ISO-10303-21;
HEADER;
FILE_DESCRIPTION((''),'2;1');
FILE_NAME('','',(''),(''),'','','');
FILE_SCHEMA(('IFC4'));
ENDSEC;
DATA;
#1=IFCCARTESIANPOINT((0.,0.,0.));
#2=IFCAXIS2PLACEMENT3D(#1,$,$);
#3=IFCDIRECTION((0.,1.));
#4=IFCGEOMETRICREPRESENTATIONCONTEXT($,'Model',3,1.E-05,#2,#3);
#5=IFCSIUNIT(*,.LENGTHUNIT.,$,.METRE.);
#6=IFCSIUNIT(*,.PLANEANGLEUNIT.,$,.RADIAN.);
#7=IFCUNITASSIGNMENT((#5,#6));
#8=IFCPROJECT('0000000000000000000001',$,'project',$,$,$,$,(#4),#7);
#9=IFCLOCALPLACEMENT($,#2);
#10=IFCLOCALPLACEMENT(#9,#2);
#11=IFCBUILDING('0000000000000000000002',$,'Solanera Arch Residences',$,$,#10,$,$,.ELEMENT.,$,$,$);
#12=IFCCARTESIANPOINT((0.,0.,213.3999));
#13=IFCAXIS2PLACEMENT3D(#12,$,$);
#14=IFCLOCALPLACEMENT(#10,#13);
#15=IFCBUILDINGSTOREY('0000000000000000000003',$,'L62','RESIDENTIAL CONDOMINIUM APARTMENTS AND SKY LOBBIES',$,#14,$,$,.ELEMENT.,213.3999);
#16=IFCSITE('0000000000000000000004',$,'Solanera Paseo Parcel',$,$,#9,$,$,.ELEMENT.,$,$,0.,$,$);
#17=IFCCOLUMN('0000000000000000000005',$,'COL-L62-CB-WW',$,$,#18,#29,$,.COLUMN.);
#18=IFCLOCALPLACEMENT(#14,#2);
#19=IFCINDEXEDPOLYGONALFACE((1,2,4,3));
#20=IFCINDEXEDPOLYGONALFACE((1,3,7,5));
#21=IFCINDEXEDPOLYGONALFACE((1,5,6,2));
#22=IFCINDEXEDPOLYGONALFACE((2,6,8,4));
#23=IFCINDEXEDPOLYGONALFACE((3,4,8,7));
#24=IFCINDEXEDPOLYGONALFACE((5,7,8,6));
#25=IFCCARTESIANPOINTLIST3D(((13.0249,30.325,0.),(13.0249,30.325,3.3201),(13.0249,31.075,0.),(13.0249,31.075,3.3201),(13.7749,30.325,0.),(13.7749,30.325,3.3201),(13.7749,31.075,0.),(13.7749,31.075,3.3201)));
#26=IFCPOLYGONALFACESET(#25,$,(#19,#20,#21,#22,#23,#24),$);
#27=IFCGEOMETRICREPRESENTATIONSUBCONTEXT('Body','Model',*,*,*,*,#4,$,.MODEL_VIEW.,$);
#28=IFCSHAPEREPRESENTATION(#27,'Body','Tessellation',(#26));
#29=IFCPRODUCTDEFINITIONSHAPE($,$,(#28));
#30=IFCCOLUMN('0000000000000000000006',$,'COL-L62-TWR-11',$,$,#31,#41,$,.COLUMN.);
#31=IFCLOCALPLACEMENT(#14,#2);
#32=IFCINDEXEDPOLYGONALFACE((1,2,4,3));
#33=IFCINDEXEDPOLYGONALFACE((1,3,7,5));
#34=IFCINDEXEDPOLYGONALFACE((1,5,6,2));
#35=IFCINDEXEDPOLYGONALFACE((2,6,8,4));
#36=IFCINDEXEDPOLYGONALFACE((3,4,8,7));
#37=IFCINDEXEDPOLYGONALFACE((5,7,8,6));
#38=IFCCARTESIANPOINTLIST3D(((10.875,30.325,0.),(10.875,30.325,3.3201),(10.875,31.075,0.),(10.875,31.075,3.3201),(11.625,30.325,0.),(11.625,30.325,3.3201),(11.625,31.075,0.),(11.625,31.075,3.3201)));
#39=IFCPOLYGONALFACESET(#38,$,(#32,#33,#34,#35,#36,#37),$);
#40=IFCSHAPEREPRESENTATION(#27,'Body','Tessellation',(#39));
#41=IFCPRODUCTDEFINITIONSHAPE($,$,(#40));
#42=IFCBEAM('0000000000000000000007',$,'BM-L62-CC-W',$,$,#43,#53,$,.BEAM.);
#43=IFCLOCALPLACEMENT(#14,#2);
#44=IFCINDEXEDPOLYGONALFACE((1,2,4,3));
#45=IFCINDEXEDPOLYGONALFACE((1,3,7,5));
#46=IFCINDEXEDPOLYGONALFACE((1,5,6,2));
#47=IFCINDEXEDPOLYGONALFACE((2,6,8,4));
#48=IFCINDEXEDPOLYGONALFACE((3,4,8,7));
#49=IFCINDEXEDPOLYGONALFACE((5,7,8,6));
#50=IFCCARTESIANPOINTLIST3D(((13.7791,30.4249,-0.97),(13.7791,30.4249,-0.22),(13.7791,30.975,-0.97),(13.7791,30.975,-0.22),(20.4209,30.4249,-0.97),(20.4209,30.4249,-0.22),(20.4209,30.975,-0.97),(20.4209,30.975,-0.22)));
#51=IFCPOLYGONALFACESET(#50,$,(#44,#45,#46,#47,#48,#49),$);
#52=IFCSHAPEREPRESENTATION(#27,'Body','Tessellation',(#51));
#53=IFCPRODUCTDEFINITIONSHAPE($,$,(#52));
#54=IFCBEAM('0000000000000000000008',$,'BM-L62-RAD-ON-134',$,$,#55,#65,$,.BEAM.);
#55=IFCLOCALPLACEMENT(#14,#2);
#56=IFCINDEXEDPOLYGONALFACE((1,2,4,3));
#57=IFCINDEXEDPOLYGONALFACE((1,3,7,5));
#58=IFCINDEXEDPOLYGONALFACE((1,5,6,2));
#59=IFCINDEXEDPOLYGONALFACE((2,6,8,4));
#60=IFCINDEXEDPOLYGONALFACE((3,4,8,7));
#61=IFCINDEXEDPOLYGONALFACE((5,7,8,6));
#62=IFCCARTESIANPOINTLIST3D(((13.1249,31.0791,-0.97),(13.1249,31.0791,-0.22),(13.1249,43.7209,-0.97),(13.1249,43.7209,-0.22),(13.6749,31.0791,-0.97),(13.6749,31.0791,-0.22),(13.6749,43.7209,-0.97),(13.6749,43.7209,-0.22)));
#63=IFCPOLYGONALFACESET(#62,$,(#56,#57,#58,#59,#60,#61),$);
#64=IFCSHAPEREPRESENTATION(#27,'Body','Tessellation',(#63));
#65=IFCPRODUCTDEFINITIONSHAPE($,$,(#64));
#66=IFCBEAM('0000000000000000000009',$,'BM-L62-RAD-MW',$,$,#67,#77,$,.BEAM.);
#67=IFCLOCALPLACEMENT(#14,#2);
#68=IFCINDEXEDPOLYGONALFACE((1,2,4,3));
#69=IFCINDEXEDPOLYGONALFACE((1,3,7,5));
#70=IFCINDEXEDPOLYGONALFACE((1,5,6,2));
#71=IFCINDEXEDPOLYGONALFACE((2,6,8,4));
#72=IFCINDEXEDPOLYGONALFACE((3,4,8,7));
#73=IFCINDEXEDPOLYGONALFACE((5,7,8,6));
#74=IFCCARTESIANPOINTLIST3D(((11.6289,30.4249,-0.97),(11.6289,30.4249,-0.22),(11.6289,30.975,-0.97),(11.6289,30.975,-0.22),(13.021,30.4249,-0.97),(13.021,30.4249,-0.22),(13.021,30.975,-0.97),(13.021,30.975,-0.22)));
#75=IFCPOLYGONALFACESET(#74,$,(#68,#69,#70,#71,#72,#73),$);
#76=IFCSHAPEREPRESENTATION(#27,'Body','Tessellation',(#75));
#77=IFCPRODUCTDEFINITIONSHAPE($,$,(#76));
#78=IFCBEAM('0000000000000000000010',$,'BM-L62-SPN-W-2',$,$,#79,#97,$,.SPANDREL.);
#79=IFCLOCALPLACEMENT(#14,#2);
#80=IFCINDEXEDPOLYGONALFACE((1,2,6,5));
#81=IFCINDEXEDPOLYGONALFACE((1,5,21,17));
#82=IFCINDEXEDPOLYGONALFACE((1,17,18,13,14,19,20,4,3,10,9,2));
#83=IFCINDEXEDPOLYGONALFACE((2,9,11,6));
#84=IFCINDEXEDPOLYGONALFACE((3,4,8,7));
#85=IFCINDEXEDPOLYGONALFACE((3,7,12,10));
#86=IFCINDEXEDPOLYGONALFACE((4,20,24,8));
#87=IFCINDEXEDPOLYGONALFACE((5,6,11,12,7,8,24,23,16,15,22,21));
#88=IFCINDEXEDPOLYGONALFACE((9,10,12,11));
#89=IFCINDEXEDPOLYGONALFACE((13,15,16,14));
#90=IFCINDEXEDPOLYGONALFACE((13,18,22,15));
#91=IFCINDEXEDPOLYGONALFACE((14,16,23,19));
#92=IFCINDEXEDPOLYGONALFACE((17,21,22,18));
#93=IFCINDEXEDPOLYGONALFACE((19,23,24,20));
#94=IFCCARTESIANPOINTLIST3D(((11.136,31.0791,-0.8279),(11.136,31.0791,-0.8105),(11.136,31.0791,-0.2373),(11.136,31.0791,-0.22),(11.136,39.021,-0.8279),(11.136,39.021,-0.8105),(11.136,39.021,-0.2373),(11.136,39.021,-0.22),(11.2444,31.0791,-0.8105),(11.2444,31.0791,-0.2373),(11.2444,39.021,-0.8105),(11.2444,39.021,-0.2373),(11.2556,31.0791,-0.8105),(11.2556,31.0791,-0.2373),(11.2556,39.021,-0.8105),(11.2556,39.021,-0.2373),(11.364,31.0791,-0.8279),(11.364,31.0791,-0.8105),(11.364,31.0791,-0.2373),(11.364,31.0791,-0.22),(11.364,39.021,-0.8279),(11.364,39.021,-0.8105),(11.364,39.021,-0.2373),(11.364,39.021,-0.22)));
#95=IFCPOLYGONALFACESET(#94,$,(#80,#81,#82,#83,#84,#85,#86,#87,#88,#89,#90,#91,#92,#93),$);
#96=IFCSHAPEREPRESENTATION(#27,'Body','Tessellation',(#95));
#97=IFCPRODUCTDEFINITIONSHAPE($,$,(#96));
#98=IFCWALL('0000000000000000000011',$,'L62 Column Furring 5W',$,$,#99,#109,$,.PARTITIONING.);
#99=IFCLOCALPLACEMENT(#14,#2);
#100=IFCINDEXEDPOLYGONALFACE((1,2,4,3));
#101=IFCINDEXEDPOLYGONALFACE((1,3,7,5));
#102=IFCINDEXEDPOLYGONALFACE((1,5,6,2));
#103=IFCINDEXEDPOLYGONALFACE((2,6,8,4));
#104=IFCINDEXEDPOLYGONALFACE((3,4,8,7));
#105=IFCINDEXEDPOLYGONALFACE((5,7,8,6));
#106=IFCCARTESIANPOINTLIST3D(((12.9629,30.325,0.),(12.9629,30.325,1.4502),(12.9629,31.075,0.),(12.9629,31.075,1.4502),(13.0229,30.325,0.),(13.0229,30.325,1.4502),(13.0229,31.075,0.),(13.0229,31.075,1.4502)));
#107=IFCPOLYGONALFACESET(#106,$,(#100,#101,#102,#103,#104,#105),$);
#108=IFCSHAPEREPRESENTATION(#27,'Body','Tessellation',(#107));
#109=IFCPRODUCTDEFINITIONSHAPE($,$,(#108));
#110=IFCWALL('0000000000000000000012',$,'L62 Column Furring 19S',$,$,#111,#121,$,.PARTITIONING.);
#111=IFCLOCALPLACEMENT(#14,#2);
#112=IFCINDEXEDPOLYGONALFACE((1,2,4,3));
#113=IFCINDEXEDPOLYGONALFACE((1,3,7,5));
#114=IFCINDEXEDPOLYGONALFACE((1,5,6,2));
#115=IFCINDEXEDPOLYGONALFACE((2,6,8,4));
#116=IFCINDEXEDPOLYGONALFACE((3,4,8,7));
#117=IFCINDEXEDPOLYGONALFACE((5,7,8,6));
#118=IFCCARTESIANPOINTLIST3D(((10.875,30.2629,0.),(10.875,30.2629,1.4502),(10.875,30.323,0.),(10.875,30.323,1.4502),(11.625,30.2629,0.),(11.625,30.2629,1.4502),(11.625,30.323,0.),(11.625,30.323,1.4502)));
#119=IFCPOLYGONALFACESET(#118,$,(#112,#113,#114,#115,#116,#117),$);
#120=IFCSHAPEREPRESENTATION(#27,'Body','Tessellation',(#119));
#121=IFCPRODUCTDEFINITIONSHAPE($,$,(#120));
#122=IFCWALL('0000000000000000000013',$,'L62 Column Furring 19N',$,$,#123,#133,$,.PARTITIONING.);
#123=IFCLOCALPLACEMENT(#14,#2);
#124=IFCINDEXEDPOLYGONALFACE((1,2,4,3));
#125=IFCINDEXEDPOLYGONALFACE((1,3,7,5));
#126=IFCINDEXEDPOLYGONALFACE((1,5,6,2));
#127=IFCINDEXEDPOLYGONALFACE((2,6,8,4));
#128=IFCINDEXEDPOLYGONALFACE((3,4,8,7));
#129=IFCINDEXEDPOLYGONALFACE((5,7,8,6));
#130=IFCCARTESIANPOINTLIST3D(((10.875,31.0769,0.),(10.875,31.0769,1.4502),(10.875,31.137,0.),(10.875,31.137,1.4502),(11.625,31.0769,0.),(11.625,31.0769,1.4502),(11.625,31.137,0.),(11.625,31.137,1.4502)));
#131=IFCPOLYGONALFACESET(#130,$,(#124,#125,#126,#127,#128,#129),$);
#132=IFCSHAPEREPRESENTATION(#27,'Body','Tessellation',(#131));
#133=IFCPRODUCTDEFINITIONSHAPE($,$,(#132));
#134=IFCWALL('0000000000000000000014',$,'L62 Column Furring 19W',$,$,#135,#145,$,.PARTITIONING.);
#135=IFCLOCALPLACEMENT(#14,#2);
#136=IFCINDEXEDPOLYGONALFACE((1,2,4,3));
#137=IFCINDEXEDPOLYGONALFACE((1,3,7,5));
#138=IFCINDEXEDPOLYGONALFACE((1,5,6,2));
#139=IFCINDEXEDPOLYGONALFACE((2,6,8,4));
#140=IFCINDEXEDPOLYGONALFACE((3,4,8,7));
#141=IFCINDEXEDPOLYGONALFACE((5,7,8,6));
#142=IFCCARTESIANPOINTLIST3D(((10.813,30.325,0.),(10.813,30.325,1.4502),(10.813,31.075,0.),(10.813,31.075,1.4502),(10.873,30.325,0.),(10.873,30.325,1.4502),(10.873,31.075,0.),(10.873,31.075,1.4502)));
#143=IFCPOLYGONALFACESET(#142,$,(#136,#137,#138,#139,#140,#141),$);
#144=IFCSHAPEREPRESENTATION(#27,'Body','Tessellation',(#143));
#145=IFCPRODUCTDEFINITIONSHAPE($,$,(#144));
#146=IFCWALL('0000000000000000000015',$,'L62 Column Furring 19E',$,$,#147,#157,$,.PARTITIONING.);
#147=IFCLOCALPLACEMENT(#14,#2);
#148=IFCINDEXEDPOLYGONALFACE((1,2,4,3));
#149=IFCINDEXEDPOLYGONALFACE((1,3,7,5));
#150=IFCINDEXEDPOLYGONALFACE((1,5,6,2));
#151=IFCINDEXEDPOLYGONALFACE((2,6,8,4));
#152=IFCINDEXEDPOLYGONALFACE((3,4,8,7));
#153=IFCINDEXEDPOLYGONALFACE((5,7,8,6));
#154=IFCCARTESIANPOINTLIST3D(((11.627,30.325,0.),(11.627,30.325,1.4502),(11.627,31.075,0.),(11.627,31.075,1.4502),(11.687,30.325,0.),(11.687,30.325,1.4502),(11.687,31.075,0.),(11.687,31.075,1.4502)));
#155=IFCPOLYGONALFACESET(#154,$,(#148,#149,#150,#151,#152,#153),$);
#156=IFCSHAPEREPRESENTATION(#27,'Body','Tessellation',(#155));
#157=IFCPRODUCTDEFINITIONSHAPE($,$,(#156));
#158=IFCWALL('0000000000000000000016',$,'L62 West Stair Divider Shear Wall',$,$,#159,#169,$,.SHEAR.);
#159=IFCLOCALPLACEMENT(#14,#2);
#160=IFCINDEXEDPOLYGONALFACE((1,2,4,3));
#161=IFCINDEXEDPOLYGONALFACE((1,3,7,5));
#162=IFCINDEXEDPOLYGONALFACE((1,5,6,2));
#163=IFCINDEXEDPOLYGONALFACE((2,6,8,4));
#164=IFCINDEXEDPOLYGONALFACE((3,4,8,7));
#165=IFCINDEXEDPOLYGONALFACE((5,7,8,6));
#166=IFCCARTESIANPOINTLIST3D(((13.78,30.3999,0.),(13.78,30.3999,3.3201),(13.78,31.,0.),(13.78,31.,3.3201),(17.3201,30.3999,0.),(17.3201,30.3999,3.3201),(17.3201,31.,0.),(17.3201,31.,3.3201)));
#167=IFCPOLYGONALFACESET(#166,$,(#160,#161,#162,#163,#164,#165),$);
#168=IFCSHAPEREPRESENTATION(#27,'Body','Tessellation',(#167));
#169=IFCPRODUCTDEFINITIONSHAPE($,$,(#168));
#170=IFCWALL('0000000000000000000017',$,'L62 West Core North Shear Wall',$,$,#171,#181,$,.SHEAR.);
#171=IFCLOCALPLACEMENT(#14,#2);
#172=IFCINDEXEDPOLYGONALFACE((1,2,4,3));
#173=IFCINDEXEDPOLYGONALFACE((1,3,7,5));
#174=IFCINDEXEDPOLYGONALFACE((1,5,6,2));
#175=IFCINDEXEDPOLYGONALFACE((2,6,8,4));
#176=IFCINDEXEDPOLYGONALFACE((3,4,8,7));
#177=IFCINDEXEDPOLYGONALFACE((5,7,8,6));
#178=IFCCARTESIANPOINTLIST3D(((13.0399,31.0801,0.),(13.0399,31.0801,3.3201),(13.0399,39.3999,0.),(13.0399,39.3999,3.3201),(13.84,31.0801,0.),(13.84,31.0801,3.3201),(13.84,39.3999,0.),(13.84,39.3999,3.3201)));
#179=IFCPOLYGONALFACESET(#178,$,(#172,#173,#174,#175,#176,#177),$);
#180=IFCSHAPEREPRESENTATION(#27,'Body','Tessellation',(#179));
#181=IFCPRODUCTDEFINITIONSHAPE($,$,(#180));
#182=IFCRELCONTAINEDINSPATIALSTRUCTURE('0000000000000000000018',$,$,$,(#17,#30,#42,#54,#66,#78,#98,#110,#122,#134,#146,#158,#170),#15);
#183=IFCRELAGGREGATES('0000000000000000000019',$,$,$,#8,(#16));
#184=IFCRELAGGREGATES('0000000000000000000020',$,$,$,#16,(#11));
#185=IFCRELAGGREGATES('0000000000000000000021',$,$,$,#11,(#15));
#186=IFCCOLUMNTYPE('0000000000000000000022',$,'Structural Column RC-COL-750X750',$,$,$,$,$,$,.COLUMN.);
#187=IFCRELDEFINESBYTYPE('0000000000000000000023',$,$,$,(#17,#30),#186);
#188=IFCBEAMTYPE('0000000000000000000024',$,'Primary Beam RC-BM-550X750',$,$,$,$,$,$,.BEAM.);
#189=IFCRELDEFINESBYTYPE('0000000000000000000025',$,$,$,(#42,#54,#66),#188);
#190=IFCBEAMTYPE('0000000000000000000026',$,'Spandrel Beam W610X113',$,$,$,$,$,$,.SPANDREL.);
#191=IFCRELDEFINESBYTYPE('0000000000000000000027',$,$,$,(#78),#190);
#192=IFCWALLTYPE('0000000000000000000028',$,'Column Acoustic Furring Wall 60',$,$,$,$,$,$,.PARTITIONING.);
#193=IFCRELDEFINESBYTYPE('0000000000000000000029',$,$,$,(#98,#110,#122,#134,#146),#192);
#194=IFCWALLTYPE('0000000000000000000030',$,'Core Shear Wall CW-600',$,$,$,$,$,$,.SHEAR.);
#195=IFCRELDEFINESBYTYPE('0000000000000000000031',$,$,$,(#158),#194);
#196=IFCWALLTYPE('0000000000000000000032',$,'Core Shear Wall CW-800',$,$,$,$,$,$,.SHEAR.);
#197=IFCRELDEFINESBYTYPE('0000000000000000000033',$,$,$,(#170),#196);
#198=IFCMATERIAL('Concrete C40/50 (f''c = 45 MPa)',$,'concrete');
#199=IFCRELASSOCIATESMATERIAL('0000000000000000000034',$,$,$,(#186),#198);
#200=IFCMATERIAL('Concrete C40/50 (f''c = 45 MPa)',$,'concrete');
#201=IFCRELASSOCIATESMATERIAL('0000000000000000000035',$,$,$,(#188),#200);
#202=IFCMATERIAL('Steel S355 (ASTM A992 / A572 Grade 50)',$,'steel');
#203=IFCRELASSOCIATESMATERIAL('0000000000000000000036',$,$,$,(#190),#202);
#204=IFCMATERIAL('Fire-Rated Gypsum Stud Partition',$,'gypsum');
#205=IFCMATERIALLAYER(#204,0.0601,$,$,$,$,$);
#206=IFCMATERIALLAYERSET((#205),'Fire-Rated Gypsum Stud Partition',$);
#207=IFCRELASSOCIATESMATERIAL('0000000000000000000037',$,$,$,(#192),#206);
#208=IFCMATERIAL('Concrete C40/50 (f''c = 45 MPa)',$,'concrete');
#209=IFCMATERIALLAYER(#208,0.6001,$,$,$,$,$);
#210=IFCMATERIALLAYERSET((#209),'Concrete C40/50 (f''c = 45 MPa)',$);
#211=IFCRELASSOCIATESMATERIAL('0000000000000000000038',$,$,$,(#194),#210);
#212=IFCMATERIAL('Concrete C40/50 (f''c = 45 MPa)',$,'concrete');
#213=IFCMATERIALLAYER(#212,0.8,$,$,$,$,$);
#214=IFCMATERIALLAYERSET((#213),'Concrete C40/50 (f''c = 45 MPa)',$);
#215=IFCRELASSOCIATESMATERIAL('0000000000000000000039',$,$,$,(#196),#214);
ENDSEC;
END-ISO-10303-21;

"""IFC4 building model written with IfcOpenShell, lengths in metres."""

from ifc_helpers import new_model, si_unit, direction, frame, frame_2d, origin, origin_2d, place, context, subcontext, project, spatial, rectangle, i_section, extrude, material, layer, layer_set, material_profile, profile_set, type_object, element, save


model = new_model("IFC4")

# Units and contexts
model_context = context("Model", 3, precision=1e-05, world=origin(), true_north=direction((0.0, 1.0)))
body_context = subcontext(model_context, "Body", "Model", "MODEL_VIEW")
ifc_project = project(units=[si_unit("LENGTHUNIT", "METRE"), si_unit("PLANEANGLEUNIT", "RADIAN")], contexts=[model_context])

# Site, building, storey
site_placement = place(None, origin())
site = spatial("IfcSite", under=ifc_project, at=site_placement, Name="Solanera Paseo Parcel", CompositionType="ELEMENT", RefElevation=0.0)
building_placement = place(site_placement, origin())
building = spatial("IfcBuilding", under=site, at=building_placement, Name="Solanera Arch Residences", CompositionType="ELEMENT")
storey_placement = place(building_placement, frame((0.0, 0.0, 213.3999)))
storey = spatial("IfcBuildingStorey", under=building, at=storey_placement, Name="L62", Description="RESIDENTIAL CONDOMINIUM APARTMENTS AND SKY LOBBIES", CompositionType="ELEMENT", Elevation=213.3999)

# Columns
ifc_material_1 = material(Name="Concrete C40/50 (f'c = 45 MPa)", Category="concrete")
ifc_material_profile_1 = material_profile(ifc_material_1, rectangle(XDim=0.75, YDim=0.75, at=origin_2d()))
ifc_profile_set_1 = profile_set([ifc_material_profile_1], Name="Concrete C40/50 (f'c = 45 MPa)")
column_type = type_object("IfcColumnType", Name="Structural Column RC-COL-750X750", PredefinedType="COLUMN", material=ifc_profile_set_1)
for number, where, z_axis, x_axis, name in (
    (1, (13.3999, 30.7, 0.0), (0.0, 0.0, 1.0), (1.0, 0.0, 0.0), "COL-L62-CB-WW"),
    (2, (11.25, 30.7, 0.0), (0.0, 0.0, 1.0), (1.0, 0.0, 0.0), "COL-L62-TWR-11"),
):
    element("IfcColumn", number, at=place(storey_placement, frame(where, z_axis=z_axis, x_axis=x_axis)), inside=storey, type_object=column_type, Name=name, PredefinedType="COLUMN", context=body_context, shape_type="SweptSolid", body=[
        extrude(rectangle(XDim=0.75, YDim=0.75, at=origin_2d()), origin(), (0.0, 0.0, 1.0), 3.3201),
    ])

# Beams
ifc_material_2 = material(Name="Concrete C40/50 (f'c = 45 MPa)", Category="concrete")
ifc_material_profile_2 = material_profile(ifc_material_2, rectangle(XDim=0.55, YDim=0.75, at=origin_2d()))
ifc_profile_set_2 = profile_set([ifc_material_profile_2], Name="Concrete C40/50 (f'c = 45 MPa)")
beam_type_1 = type_object("IfcBeamType", Name="Primary Beam RC-BM-550X750", PredefinedType="BEAM", material=ifc_profile_set_2)
beam_1_placement = place(storey_placement, frame((13.7791, 30.7, -0.595), z_axis=(1.0, 0.0, 0.0), x_axis=(0.0, 1.0, 0.0)))
element("IfcBeam", 3, at=beam_1_placement, inside=storey, type_object=beam_type_1, Name="BM-L62-CC-W", PredefinedType="BEAM", context=body_context, shape_type="SweptSolid", body=[
    extrude(rectangle(XDim=0.55, YDim=0.75, at=origin_2d()), origin(), (0.0, 0.0, 1.0), 6.6418),
])
beam_2_placement = place(storey_placement, frame((13.3999, 31.0791, -0.595), z_axis=(0.0, 1.0, 0.0), x_axis=(-1.0, 0.0, 0.0)))
element("IfcBeam", 4, at=beam_2_placement, inside=storey, type_object=beam_type_1, Name="BM-L62-RAD-ON-134", PredefinedType="BEAM", context=body_context, shape_type="SweptSolid", body=[
    extrude(rectangle(XDim=0.55, YDim=0.75, at=origin_2d()), origin(), (0.0, 0.0, 1.0), 12.6418),
])
beam_3_placement = place(storey_placement, frame((11.6289, 30.7, -0.595), z_axis=(1.0, 0.0, 0.0), x_axis=(0.0, 1.0, 0.0)))
element("IfcBeam", 5, at=beam_3_placement, inside=storey, type_object=beam_type_1, Name="BM-L62-RAD-MW", PredefinedType="BEAM", context=body_context, shape_type="SweptSolid", body=[
    extrude(rectangle(XDim=0.55, YDim=0.75, at=origin_2d()), origin(), (0.0, 0.0, 1.0), 1.3921),
])
ifc_material_3 = material(Name="Steel S355 (ASTM A992 / A572 Grade 50)", Category="steel")
ifc_material_profile_3 = material_profile(ifc_material_3, i_section(OverallWidth=0.228, OverallDepth=0.6079, WebThickness=0.0112, FlangeThickness=0.0173, at=origin_2d()))
ifc_profile_set_3 = profile_set([ifc_material_profile_3], Name="Steel S355 (ASTM A992 / A572 Grade 50)")
beam_type_2 = type_object("IfcBeamType", Name="Spandrel Beam W610X113", PredefinedType="SPANDREL", material=ifc_profile_set_3)
beam_4_placement = place(storey_placement, frame((11.25, 31.0791, -0.5239), z_axis=(0.0, 1.0, 0.0), x_axis=(-1.0, 0.0, 0.0)))
element("IfcBeam", 6, at=beam_4_placement, inside=storey, type_object=beam_type_2, Name="BM-L62-SPN-W-2", PredefinedType="SPANDREL", context=body_context, shape_type="SweptSolid", body=[
    extrude(i_section(OverallWidth=0.228, OverallDepth=0.6079, WebThickness=0.0112, FlangeThickness=0.0173, at=origin_2d()), origin(), (0.0, 0.0, 1.0), 7.9419),
])

# Walls
ifc_material_4 = material(Name="Fire-Rated Gypsum Stud Partition", Category="gypsum")
ifc_layer_1 = layer(ifc_material_4, 0.0601)
ifc_layer_set_1 = layer_set([ifc_layer_1], Name="Fire-Rated Gypsum Stud Partition")
wall_type_1 = type_object("IfcWallType", Name="Column Acoustic Furring Wall 60", PredefinedType="PARTITIONING", material=ifc_layer_set_1)
for number, where, z_axis, x_axis, name in (
    (7, (12.9929, 30.325, 0.0), (0.0, 0.0, 1.0), (0.0, 1.0, 0.0), "L62 Column Furring 5W"),
    (8, (10.875, 30.293, 0.0), (0.0, 0.0, 1.0), (1.0, 0.0, 0.0), "L62 Column Furring 19S"),
    (9, (10.875, 31.1069, 0.0), (0.0, 0.0, 1.0), (1.0, 0.0, 0.0), "L62 Column Furring 19N"),
    (10, (10.843, 30.325, 0.0), (0.0, 0.0, 1.0), (0.0, 1.0, 0.0), "L62 Column Furring 19W"),
    (11, (11.657, 30.325, 0.0), (0.0, 0.0, 1.0), (0.0, 1.0, 0.0), "L62 Column Furring 19E"),
):
    element("IfcWall", number, at=place(storey_placement, frame(where, z_axis=z_axis, x_axis=x_axis)), inside=storey, type_object=wall_type_1, Name=name, PredefinedType="PARTITIONING", context=body_context, shape_type="SweptSolid", body=[
        extrude(rectangle(XDim=0.75, YDim=0.0601, at=frame_2d((0.375, 0.0))), origin(), (0.0, 0.0, 1.0), 1.4502),
    ])
ifc_material_5 = material(Name="Concrete C40/50 (f'c = 45 MPa)", Category="concrete")
ifc_layer_2 = layer(ifc_material_5, 0.6001)
ifc_layer_set_2 = layer_set([ifc_layer_2], Name="Concrete C40/50 (f'c = 45 MPa)")
wall_type_2 = type_object("IfcWallType", Name="Core Shear Wall CW-600", PredefinedType="SHEAR", material=ifc_layer_set_2)
wall_1_placement = place(storey_placement, frame((13.78, 30.7, 0.0), z_axis=(0.0, 0.0, 1.0), x_axis=(1.0, 0.0, 0.0)))
element("IfcWall", 12, at=wall_1_placement, inside=storey, type_object=wall_type_2, Name="L62 West Stair Divider Shear Wall", PredefinedType="SHEAR", context=body_context, shape_type="SweptSolid", body=[
    extrude(rectangle(XDim=3.54, YDim=0.6001, at=frame_2d((1.77, 0.0))), origin(), (0.0, 0.0, 1.0), 3.3201),
])
ifc_material_6 = material(Name="Concrete C40/50 (f'c = 45 MPa)", Category="concrete")
ifc_layer_3 = layer(ifc_material_6, 0.8)
ifc_layer_set_3 = layer_set([ifc_layer_3], Name="Concrete C40/50 (f'c = 45 MPa)")
wall_type_3 = type_object("IfcWallType", Name="Core Shear Wall CW-800", PredefinedType="SHEAR", material=ifc_layer_set_3)
wall_2_placement = place(storey_placement, frame((13.4399, 31.0801, 0.0), z_axis=(0.0, 0.0, 1.0), x_axis=(0.0, 1.0, 0.0)))
element("IfcWall", 13, at=wall_2_placement, inside=storey, type_object=wall_type_3, Name="L62 West Core North Shear Wall", PredefinedType="SHEAR", context=body_context, shape_type="SweptSolid", body=[
    extrude(rectangle(XDim=8.3198, YDim=0.8, at=frame_2d((4.1599, 0.0))), origin(), (0.0, 0.0, 1.0), 3.3201),
])

save(model, "model.ifc")
